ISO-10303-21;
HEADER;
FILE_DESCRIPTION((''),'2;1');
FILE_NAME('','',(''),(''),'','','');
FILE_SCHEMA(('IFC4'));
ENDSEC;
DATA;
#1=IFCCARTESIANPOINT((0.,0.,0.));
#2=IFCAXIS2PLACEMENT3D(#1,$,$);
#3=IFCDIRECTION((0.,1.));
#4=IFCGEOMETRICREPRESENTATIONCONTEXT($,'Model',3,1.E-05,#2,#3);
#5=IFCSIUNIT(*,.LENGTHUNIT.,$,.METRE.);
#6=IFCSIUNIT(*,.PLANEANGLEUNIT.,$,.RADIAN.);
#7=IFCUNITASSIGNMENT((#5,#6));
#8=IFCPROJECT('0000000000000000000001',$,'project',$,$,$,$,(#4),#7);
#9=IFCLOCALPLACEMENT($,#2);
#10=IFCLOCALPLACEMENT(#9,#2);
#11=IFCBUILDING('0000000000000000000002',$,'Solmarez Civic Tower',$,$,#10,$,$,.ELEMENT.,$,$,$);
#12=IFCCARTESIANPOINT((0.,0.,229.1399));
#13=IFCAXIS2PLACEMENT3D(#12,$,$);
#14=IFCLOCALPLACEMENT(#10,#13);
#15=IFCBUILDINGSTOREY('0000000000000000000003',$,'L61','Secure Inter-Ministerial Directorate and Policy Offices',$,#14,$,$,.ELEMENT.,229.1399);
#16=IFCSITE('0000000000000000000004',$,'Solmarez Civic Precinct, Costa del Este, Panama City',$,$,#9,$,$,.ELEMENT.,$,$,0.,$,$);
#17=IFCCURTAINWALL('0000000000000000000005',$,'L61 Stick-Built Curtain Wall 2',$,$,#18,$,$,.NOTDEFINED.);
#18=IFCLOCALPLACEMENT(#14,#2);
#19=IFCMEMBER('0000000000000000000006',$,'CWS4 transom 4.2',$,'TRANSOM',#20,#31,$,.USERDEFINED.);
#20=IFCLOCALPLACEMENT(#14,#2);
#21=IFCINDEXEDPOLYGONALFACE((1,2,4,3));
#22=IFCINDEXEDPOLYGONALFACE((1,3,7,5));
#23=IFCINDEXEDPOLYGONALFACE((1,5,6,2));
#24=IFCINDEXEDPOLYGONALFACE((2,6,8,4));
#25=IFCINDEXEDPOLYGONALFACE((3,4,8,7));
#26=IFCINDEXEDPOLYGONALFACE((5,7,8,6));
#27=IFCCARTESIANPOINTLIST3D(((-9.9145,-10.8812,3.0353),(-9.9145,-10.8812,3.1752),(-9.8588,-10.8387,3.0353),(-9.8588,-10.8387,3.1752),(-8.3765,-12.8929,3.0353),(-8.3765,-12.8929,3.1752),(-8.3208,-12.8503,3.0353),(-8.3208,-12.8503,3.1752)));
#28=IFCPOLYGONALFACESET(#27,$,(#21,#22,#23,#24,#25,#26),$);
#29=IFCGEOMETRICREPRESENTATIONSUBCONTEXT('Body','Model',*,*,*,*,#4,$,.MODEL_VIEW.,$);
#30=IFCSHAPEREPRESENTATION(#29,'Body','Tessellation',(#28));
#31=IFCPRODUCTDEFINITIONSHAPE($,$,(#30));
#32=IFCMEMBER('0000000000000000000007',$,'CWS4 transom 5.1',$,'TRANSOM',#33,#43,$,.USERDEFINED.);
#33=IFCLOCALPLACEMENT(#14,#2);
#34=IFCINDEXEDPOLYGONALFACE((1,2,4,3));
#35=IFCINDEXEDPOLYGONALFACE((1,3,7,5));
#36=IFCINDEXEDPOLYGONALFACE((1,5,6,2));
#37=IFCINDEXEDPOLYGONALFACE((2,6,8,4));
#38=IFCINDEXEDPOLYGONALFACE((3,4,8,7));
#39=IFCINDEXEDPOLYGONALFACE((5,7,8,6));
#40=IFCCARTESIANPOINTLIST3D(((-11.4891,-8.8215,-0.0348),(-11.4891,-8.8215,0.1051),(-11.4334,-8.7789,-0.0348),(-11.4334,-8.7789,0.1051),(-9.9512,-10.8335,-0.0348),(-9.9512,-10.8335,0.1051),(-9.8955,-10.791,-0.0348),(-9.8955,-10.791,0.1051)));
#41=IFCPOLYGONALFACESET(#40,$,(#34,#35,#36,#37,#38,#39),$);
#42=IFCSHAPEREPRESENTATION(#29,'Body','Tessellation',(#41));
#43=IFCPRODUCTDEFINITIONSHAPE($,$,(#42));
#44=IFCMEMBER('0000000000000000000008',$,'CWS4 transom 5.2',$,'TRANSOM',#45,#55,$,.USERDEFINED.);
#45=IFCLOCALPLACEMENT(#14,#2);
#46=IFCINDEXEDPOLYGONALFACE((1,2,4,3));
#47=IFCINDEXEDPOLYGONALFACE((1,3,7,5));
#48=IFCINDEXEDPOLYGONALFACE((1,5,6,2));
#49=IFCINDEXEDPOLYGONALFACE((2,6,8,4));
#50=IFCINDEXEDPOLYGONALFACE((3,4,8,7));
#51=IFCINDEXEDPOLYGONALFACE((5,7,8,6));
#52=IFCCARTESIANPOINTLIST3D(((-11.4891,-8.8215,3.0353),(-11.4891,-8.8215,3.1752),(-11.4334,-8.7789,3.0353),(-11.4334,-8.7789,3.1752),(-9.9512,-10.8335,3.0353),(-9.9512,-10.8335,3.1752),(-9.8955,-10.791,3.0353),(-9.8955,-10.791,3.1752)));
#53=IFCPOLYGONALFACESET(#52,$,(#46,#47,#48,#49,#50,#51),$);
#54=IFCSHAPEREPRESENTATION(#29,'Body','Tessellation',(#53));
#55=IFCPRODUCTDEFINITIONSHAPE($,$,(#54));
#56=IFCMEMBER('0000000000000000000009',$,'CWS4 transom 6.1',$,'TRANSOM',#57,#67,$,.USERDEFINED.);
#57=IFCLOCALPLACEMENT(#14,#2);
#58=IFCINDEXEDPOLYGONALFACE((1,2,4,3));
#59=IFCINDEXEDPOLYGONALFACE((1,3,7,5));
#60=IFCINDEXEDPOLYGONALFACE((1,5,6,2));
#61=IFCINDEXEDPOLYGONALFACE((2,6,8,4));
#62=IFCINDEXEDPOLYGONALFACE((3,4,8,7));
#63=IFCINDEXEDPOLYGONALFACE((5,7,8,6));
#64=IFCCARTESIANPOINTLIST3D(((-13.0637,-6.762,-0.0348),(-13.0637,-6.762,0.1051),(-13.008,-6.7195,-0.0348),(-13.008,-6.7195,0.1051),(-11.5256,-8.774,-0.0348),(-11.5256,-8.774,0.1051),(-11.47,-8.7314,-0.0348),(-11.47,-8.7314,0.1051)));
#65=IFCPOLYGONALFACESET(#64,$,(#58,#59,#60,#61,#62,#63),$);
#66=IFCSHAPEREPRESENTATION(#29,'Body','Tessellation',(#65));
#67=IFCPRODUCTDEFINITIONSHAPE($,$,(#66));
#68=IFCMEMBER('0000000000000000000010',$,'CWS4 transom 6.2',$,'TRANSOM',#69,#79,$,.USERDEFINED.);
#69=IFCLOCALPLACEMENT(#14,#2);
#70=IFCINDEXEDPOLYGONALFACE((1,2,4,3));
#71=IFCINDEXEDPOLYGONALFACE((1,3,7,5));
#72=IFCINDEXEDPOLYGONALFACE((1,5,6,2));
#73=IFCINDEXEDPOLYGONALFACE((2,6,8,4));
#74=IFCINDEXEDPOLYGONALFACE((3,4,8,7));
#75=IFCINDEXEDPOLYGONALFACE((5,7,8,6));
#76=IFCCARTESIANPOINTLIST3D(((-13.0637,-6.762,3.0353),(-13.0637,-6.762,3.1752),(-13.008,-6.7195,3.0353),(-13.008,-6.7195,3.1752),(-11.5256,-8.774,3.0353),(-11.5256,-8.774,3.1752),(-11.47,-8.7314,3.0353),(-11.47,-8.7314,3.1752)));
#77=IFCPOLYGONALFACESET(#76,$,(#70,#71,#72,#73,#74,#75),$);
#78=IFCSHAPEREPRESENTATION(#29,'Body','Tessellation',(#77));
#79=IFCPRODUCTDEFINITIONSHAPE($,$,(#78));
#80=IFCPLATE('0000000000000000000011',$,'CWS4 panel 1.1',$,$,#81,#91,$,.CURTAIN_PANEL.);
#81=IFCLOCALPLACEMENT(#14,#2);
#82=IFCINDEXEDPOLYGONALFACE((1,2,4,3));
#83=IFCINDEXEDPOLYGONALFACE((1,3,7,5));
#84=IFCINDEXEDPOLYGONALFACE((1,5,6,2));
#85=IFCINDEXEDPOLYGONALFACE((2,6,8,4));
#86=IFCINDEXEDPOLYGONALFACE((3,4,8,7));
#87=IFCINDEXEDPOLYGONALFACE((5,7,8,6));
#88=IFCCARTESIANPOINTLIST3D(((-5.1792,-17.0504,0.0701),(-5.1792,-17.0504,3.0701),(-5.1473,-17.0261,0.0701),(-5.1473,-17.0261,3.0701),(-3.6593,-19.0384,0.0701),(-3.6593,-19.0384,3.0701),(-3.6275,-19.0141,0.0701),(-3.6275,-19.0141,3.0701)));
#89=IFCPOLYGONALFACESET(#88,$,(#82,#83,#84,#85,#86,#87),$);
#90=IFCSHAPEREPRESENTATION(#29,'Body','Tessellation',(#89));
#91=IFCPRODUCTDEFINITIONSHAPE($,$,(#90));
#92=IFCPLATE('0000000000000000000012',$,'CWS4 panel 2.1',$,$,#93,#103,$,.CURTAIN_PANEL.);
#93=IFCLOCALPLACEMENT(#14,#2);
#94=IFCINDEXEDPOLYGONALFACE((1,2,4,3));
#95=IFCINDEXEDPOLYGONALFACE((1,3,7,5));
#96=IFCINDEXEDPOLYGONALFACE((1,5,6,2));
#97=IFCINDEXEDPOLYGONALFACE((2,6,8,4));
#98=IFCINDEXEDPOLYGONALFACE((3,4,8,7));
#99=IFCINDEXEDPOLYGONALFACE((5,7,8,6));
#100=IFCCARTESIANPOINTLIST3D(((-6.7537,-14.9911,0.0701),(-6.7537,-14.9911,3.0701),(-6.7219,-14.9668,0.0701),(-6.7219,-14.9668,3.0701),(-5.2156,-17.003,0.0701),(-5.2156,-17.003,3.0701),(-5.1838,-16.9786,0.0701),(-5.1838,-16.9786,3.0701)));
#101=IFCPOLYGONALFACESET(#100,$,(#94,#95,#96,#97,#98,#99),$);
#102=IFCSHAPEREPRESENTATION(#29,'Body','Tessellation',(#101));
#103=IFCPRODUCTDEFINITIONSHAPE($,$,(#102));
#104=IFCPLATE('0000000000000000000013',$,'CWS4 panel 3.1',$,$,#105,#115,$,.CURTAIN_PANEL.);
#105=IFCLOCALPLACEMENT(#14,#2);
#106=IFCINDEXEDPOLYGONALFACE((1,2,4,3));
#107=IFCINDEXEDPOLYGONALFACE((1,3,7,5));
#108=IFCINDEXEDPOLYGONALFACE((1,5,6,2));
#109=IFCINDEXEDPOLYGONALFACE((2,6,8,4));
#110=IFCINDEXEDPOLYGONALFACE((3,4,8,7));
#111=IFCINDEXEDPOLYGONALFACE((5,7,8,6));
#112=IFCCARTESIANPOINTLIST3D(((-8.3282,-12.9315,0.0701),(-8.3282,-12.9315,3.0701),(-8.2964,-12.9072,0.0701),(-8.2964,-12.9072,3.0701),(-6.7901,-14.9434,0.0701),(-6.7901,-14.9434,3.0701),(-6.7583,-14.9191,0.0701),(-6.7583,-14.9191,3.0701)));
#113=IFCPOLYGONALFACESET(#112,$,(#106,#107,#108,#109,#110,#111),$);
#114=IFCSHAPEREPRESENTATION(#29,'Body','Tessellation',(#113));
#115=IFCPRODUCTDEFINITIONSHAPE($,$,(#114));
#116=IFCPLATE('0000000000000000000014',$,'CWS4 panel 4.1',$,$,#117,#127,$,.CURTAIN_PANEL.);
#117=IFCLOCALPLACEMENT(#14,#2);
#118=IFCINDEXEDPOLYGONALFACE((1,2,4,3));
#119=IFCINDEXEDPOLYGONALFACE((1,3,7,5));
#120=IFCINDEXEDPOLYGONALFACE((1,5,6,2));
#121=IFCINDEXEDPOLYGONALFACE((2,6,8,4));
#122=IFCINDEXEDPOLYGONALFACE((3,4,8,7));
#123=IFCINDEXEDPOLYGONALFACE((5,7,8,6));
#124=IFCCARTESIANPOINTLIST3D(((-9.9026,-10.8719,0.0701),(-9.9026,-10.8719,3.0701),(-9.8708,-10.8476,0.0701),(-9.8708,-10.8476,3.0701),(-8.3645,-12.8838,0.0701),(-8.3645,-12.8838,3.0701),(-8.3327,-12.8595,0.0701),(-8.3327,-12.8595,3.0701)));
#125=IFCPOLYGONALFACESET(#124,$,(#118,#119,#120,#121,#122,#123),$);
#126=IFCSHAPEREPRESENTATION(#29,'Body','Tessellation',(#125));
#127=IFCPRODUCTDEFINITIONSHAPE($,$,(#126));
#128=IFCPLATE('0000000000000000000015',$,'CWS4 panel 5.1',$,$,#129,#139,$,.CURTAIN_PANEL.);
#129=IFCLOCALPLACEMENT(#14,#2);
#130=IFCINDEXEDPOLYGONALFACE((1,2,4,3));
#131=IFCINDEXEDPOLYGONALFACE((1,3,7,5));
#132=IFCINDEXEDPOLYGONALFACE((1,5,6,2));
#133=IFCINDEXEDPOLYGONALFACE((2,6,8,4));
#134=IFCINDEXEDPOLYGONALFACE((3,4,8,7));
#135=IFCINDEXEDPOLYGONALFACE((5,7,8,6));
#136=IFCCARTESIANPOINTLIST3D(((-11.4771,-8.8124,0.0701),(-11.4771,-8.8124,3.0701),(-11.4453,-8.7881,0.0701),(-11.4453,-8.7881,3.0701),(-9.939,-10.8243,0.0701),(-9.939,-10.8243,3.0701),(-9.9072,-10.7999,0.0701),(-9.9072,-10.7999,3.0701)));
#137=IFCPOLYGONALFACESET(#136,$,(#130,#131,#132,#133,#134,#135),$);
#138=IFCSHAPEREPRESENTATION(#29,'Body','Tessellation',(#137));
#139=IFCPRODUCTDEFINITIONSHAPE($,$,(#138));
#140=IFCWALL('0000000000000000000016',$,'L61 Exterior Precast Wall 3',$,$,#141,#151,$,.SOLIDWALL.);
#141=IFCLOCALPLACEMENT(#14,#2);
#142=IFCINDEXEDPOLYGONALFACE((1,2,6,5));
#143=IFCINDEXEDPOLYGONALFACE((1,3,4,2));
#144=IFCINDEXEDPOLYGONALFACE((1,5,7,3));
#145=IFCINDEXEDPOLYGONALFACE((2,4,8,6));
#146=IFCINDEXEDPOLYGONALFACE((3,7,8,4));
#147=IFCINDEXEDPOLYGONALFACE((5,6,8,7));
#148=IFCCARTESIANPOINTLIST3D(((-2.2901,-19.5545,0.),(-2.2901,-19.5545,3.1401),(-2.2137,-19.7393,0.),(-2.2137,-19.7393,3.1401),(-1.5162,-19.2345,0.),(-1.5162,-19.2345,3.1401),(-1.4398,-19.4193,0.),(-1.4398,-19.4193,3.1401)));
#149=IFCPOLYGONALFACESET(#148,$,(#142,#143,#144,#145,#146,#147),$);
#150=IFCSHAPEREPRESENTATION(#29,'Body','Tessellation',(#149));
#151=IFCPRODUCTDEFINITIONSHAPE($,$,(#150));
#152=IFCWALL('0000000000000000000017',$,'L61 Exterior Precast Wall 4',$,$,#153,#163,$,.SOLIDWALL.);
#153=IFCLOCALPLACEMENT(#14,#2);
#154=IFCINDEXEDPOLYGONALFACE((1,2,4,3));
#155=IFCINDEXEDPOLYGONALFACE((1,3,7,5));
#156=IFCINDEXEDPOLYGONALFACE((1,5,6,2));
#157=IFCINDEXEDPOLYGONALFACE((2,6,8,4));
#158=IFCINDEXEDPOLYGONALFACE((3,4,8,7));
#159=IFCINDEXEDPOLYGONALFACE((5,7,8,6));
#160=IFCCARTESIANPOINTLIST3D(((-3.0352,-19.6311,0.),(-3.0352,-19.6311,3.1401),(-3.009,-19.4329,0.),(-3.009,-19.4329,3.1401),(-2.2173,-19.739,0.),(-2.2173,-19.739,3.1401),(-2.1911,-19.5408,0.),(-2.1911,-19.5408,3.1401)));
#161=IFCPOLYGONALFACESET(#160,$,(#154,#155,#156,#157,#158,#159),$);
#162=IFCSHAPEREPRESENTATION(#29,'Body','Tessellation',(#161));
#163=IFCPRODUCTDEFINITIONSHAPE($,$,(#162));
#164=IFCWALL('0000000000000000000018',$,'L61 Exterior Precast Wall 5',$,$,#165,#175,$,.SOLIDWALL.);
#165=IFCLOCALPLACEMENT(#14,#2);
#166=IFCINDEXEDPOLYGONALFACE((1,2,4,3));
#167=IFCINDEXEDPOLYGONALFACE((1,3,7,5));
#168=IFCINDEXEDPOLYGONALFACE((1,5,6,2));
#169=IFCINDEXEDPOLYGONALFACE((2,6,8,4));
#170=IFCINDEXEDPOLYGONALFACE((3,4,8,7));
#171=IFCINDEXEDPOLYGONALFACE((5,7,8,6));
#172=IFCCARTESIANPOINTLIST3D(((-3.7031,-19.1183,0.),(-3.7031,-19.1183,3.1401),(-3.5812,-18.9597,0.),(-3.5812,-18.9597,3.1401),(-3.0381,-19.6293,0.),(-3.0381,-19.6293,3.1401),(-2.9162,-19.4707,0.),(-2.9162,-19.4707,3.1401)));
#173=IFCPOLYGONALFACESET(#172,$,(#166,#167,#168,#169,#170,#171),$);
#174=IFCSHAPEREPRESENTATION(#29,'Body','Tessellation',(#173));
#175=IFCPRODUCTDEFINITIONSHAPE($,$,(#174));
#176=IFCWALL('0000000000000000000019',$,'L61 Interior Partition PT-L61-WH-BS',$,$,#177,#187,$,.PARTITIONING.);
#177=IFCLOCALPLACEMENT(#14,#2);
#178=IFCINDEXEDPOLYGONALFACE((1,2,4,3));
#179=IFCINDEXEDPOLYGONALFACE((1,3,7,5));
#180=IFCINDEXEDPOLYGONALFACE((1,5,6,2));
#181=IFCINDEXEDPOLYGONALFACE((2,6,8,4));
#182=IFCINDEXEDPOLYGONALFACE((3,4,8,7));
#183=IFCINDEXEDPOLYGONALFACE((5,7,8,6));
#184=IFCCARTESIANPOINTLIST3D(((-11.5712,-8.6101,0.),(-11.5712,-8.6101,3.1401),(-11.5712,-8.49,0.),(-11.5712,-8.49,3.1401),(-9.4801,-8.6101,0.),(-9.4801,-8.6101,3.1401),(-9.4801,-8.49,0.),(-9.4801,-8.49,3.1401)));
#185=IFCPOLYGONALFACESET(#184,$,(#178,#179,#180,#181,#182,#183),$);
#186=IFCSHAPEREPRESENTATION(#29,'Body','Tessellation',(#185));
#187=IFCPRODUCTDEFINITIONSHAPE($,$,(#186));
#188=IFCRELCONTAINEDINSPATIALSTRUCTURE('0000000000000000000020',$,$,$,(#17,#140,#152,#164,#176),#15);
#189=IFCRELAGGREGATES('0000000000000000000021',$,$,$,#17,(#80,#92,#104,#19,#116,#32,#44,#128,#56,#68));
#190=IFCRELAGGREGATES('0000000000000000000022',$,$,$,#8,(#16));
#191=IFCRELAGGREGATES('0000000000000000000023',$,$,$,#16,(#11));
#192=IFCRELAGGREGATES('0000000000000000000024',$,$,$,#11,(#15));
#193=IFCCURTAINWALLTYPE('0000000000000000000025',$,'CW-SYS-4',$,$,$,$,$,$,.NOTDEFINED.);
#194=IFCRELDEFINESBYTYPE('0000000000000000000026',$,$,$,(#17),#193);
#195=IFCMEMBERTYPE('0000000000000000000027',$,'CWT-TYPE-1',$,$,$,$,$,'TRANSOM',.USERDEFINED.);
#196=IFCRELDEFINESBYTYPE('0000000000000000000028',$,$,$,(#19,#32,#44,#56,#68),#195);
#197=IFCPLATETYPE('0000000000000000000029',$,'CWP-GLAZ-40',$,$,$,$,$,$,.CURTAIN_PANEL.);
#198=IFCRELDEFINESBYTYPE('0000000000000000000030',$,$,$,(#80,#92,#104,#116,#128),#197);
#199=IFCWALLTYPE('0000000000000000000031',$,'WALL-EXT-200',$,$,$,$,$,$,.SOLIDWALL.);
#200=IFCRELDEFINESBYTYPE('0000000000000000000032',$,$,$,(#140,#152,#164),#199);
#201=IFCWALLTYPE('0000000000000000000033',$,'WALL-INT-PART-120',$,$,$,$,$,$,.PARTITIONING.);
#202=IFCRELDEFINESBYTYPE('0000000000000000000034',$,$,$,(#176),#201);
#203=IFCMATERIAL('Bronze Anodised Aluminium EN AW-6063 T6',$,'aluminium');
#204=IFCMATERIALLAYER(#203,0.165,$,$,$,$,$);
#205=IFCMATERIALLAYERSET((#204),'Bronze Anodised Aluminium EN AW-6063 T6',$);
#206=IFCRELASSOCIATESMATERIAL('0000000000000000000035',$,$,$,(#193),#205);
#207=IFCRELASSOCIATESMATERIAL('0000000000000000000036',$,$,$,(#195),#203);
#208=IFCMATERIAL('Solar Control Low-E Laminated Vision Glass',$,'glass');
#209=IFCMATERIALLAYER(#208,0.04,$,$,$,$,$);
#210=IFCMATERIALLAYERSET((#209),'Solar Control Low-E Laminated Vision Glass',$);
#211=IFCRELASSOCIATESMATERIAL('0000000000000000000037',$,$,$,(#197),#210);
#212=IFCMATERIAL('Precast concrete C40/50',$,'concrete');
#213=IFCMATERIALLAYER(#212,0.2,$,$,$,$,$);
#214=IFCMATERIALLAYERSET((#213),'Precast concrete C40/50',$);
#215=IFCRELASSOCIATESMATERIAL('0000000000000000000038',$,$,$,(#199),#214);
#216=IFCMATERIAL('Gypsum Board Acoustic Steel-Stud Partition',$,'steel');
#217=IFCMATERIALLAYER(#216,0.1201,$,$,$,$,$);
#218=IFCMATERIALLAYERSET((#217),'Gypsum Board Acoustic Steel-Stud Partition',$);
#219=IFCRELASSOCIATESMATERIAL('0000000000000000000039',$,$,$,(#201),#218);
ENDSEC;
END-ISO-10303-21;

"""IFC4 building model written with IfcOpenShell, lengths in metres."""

from ifc_helpers import new_model, si_unit, direction, frame, frame_2d, origin, origin_2d, place, context, subcontext, project, spatial, rectangle, extrude, material, layer, layer_set, material_profile, profile_set, type_object, element, aggregate, save


model = new_model("IFC4")

# Units and contexts
model_context = context("Model", 3, precision=1e-05, world=origin(), true_north=direction((0.0, 1.0)))
body_context = subcontext(model_context, "Body", "Model", "MODEL_VIEW")
ifc_project = project(units=[si_unit("LENGTHUNIT", "METRE"), si_unit("PLANEANGLEUNIT", "RADIAN")], contexts=[model_context])

# Site, building, storey
site_placement = place(None, origin())
site = spatial("IfcSite", under=ifc_project, at=site_placement, Name="Solmarez Civic Precinct, Costa del Este, Panama City", CompositionType="ELEMENT", RefElevation=0.0)
building_placement = place(site_placement, origin())
building = spatial("IfcBuilding", under=site, at=building_placement, Name="Solmarez Civic Tower", CompositionType="ELEMENT")
storey_placement = place(building_placement, frame((0.0, 0.0, 229.1399)))
storey = spatial("IfcBuildingStorey", under=building, at=storey_placement, Name="L61", Description="Secure Inter-Ministerial Directorate and Policy Offices", CompositionType="ELEMENT", Elevation=229.1399)

# Shared definitions
ifc_material_1 = material(Name="Bronze Anodised Aluminium EN AW-6063 T6", Category="aluminium")
ifc_layer_1 = layer(ifc_material_1, 0.165)
ifc_layer_set_1 = layer_set([ifc_layer_1], Name="Bronze Anodised Aluminium EN AW-6063 T6")
curtain_wall_type = type_object("IfcCurtainWallType", Name="CW-SYS-4", PredefinedType="NOTDEFINED", material=ifc_layer_set_1)

# Curtain wall, members, plates
curtain_wall_1_placement = place(storey_placement, origin())
curtain_wall_1 = element("IfcCurtainWall", 1, at=curtain_wall_1_placement, inside=storey, type_object=curtain_wall_type, Name="L61 Stick-Built Curtain Wall 2", PredefinedType="NOTDEFINED")
ifc_material_profile_1 = material_profile(ifc_material_1, rectangle(XDim=0.0701, YDim=0.1399, at=origin_2d()), Name="CWT-70X140")
ifc_profile_set_1 = profile_set([ifc_material_profile_1], Name="Bronze Anodised Aluminium EN AW-6063 T6")
member_type_1 = type_object("IfcMemberType", Name="CWT-TYPE-1", ElementType="TRANSOM", PredefinedType="USERDEFINED", material=ifc_profile_set_1)
member_1_placement = place(storey_placement, frame((-8.3486, -12.8716, 3.1052), z_axis=(-0.607379, 0.794413, 0.0), x_axis=(-0.794413, -0.607379, 0.0)))
member_1 = element("IfcMember", 2, at=member_1_placement, type_object=member_type_1, Name="CWS4 transom 4.2", ObjectType="TRANSOM", PredefinedType="USERDEFINED", context=body_context, shape_type="SweptSolid", body=[
    extrude(rectangle(XDim=0.0701, YDim=0.1399, at=origin_2d()), origin(), (0.0, 0.0, 1.0), 2.5322),
])
member_2_placement = place(storey_placement, frame((-9.9233, -10.8123, 0.0352), z_axis=(-0.607271, 0.794495, 0.0), x_axis=(-0.794495, -0.607271, 0.0)))
member_2 = element("IfcMember", 3, at=member_2_placement, type_object=member_type_1, Name="CWS4 transom 5.1", ObjectType="TRANSOM", PredefinedType="USERDEFINED", context=body_context, shape_type="SweptSolid", body=[
    extrude(rectangle(XDim=0.0701, YDim=0.1399, at=origin_2d()), origin(), (0.0, 0.0, 1.0), 2.5325),
])
member_3_placement = place(storey_placement, frame((-9.9233, -10.8123, 3.1052), z_axis=(-0.607271, 0.794495, 0.0), x_axis=(-0.794495, -0.607271, 0.0)))
member_3 = element("IfcMember", 4, at=member_3_placement, type_object=member_type_1, Name="CWS4 transom 5.2", ObjectType="TRANSOM", PredefinedType="USERDEFINED", context=body_context, shape_type="SweptSolid", body=[
    extrude(rectangle(XDim=0.0701, YDim=0.1399, at=origin_2d()), origin(), (0.0, 0.0, 1.0), 2.5325),
])
member_4_placement = place(storey_placement, frame((-11.4978, -8.7527, 0.0352), z_axis=(-0.607332, 0.794448, 0.0), x_axis=(-0.794448, -0.607332, 0.0)))
member_4 = element("IfcMember", 5, at=member_4_placement, type_object=member_type_1, Name="CWS4 transom 6.1", ObjectType="TRANSOM", PredefinedType="USERDEFINED", context=body_context, shape_type="SweptSolid", body=[
    extrude(rectangle(XDim=0.0701, YDim=0.1399, at=origin_2d()), origin(), (0.0, 0.0, 1.0), 2.5325),
])
member_5_placement = place(storey_placement, frame((-11.4978, -8.7527, 3.1052), z_axis=(-0.607332, 0.794448, 0.0), x_axis=(-0.794448, -0.607332, 0.0)))
member_5 = element("IfcMember", 6, at=member_5_placement, type_object=member_type_1, Name="CWS4 transom 6.2", ObjectType="TRANSOM", PredefinedType="USERDEFINED", context=body_context, shape_type="SweptSolid", body=[
    extrude(rectangle(XDim=0.0701, YDim=0.1399, at=origin_2d()), origin(), (0.0, 0.0, 1.0), 2.5325),
])
ifc_material_2 = material(Name="Solar Control Low-E Laminated Vision Glass", Category="glass")
ifc_layer_2 = layer(ifc_material_2, 0.04)
ifc_layer_set_2 = layer_set([ifc_layer_2], Name="Solar Control Low-E Laminated Vision Glass")
plate_type = type_object("IfcPlateType", Name="CWP-GLAZ-40", PredefinedType="CURTAIN_PANEL", material=ifc_layer_set_2)
plate_1_placement = place(storey_placement, frame((-4.4033, -18.0322, 0.0701), z_axis=(0.0, 0.0, 1.0), x_axis=(-0.60735, 0.794434, 0.0)))
plate_1 = element("IfcPlate", 7, at=plate_1_placement, type_object=plate_type, Name="CWS4 panel 1.1", PredefinedType="CURTAIN_PANEL", context=body_context, shape_type="SweptSolid", body=[
    extrude(rectangle(XDim=2.5024, YDim=0.04, at=origin_2d()), origin(), (0.0, 0.0, 1.0), 3.0),
])
plate_2_placement = place(storey_placement, frame((-5.9688, -15.9849, 0.0701), z_axis=(0.0, 0.0, 1.0), x_axis=(-0.60735, 0.794434, 0.0)))
plate_2 = element("IfcPlate", 8, at=plate_2_placement, type_object=plate_type, Name="CWS4 panel 2.1", PredefinedType="CURTAIN_PANEL", context=body_context, shape_type="SweptSolid", body=[
    extrude(rectangle(XDim=2.5325, YDim=0.04, at=origin_2d()), origin(), (0.0, 0.0, 1.0), 3.0),
])
plate_3_placement = place(storey_placement, frame((-7.5432, -13.9253, 0.0701), z_axis=(0.0, 0.0, 1.0), x_axis=(-0.60735, 0.794434, 0.0)))
plate_3 = element("IfcPlate", 9, at=plate_3_placement, type_object=plate_type, Name="CWS4 panel 3.1", PredefinedType="CURTAIN_PANEL", context=body_context, shape_type="SweptSolid", body=[
    extrude(rectangle(XDim=2.5325, YDim=0.04, at=origin_2d()), origin(), (0.0, 0.0, 1.0), 3.0),
])
plate_4_placement = place(storey_placement, frame((-9.1177, -11.8657, 0.0701), z_axis=(0.0, 0.0, 1.0), x_axis=(-0.60735, 0.794434, 0.0)))
plate_4 = element("IfcPlate", 10, at=plate_4_placement, type_object=plate_type, Name="CWS4 panel 4.1", PredefinedType="CURTAIN_PANEL", context=body_context, shape_type="SweptSolid", body=[
    extrude(rectangle(XDim=2.5325, YDim=0.04, at=origin_2d()), origin(), (0.0, 0.0, 1.0), 3.0),
])
plate_5_placement = place(storey_placement, frame((-10.6921, -9.8062, 0.0701), z_axis=(0.0, 0.0, 1.0), x_axis=(-0.60735, 0.794434, 0.0)))
plate_5 = element("IfcPlate", 11, at=plate_5_placement, type_object=plate_type, Name="CWS4 panel 5.1", PredefinedType="CURTAIN_PANEL", context=body_context, shape_type="SweptSolid", body=[
    extrude(rectangle(XDim=2.5325, YDim=0.04, at=origin_2d()), origin(), (0.0, 0.0, 1.0), 3.0),
])
aggregate(curtain_wall_1, [plate_1, plate_2, plate_3, member_1, plate_4, member_2, member_3, plate_5, member_4, member_5])

# Walls
ifc_material_3 = material(Name="Precast concrete C40/50", Category="concrete")
ifc_layer_3 = layer(ifc_material_3, 0.2)
ifc_layer_set_3 = layer_set([ifc_layer_3], Name="Precast concrete C40/50")
wall_type_1 = type_object("IfcWallType", Name="WALL-EXT-200", PredefinedType="SOLIDWALL", material=ifc_layer_set_3)
wall_1_placement = place(storey_placement, frame((-1.478, -19.3269, 0.0), z_axis=(0.0, 0.0, 1.0), x_axis=(-0.924091, -0.382172, 0.0)))
element("IfcWall", 12, at=wall_1_placement, inside=storey, type_object=wall_type_1, Name="L61 Exterior Precast Wall 3", PredefinedType="SOLIDWALL", context=body_context, shape_type="SweptSolid", body=[
    extrude(rectangle(XDim=0.8374, YDim=0.2, at=frame_2d((0.4187, 0.0))), origin(), (0.0, 0.0, 1.0), 3.1401),
])
wall_2_placement = place(storey_placement, frame((-2.2041, -19.6399, 0.0), z_axis=(0.0, 0.0, 1.0), x_axis=(-0.991408, 0.130807, 0.0)))
element("IfcWall", 13, at=wall_2_placement, inside=storey, type_object=wall_type_1, Name="L61 Exterior Precast Wall 4", PredefinedType="SOLIDWALL", context=body_context, shape_type="SweptSolid", body=[
    extrude(rectangle(XDim=0.825, YDim=0.2, at=frame_2d((0.4126, 0.0))), origin(), (0.0, 0.0, 1.0), 3.1401),
])
wall_3_placement = place(storey_placement, frame((-2.9771, -19.55, 0.0), z_axis=(0.0, 0.0, 1.0), x_axis=(-0.792959, 0.609275, 0.0)))
element("IfcWall", 14, at=wall_3_placement, inside=storey, type_object=wall_type_1, Name="L61 Exterior Precast Wall 5", PredefinedType="SOLIDWALL", context=body_context, shape_type="SweptSolid", body=[
    extrude(rectangle(XDim=0.8386, YDim=0.2, at=frame_2d((0.4194, 0.0))), origin(), (0.0, 0.0, 1.0), 3.1401),
])
ifc_material_4 = material(Name="Gypsum Board Acoustic Steel-Stud Partition", Category="steel")
ifc_layer_4 = layer(ifc_material_4, 0.1201)
ifc_layer_set_4 = layer_set([ifc_layer_4], Name="Gypsum Board Acoustic Steel-Stud Partition")
wall_type_2 = type_object("IfcWallType", Name="WALL-INT-PART-120", PredefinedType="PARTITIONING", material=ifc_layer_set_4)
wall_4_placement = place(storey_placement, frame((-11.571, -8.55, 0.0), z_axis=(0.0, 0.0, 1.0), x_axis=(1.0, 0.0, 0.0)))
element("IfcWall", 15, at=wall_4_placement, inside=storey, type_object=wall_type_2, Name="L61 Interior Partition PT-L61-WH-BS", PredefinedType="PARTITIONING", context=body_context, shape_type="SweptSolid", body=[
    extrude(rectangle(XDim=2.0911, YDim=0.1201, at=frame_2d((1.0454, 0.0))), origin(), (0.0, 0.0, 1.0), 3.1401),
])

save(model, "model.ifc")
